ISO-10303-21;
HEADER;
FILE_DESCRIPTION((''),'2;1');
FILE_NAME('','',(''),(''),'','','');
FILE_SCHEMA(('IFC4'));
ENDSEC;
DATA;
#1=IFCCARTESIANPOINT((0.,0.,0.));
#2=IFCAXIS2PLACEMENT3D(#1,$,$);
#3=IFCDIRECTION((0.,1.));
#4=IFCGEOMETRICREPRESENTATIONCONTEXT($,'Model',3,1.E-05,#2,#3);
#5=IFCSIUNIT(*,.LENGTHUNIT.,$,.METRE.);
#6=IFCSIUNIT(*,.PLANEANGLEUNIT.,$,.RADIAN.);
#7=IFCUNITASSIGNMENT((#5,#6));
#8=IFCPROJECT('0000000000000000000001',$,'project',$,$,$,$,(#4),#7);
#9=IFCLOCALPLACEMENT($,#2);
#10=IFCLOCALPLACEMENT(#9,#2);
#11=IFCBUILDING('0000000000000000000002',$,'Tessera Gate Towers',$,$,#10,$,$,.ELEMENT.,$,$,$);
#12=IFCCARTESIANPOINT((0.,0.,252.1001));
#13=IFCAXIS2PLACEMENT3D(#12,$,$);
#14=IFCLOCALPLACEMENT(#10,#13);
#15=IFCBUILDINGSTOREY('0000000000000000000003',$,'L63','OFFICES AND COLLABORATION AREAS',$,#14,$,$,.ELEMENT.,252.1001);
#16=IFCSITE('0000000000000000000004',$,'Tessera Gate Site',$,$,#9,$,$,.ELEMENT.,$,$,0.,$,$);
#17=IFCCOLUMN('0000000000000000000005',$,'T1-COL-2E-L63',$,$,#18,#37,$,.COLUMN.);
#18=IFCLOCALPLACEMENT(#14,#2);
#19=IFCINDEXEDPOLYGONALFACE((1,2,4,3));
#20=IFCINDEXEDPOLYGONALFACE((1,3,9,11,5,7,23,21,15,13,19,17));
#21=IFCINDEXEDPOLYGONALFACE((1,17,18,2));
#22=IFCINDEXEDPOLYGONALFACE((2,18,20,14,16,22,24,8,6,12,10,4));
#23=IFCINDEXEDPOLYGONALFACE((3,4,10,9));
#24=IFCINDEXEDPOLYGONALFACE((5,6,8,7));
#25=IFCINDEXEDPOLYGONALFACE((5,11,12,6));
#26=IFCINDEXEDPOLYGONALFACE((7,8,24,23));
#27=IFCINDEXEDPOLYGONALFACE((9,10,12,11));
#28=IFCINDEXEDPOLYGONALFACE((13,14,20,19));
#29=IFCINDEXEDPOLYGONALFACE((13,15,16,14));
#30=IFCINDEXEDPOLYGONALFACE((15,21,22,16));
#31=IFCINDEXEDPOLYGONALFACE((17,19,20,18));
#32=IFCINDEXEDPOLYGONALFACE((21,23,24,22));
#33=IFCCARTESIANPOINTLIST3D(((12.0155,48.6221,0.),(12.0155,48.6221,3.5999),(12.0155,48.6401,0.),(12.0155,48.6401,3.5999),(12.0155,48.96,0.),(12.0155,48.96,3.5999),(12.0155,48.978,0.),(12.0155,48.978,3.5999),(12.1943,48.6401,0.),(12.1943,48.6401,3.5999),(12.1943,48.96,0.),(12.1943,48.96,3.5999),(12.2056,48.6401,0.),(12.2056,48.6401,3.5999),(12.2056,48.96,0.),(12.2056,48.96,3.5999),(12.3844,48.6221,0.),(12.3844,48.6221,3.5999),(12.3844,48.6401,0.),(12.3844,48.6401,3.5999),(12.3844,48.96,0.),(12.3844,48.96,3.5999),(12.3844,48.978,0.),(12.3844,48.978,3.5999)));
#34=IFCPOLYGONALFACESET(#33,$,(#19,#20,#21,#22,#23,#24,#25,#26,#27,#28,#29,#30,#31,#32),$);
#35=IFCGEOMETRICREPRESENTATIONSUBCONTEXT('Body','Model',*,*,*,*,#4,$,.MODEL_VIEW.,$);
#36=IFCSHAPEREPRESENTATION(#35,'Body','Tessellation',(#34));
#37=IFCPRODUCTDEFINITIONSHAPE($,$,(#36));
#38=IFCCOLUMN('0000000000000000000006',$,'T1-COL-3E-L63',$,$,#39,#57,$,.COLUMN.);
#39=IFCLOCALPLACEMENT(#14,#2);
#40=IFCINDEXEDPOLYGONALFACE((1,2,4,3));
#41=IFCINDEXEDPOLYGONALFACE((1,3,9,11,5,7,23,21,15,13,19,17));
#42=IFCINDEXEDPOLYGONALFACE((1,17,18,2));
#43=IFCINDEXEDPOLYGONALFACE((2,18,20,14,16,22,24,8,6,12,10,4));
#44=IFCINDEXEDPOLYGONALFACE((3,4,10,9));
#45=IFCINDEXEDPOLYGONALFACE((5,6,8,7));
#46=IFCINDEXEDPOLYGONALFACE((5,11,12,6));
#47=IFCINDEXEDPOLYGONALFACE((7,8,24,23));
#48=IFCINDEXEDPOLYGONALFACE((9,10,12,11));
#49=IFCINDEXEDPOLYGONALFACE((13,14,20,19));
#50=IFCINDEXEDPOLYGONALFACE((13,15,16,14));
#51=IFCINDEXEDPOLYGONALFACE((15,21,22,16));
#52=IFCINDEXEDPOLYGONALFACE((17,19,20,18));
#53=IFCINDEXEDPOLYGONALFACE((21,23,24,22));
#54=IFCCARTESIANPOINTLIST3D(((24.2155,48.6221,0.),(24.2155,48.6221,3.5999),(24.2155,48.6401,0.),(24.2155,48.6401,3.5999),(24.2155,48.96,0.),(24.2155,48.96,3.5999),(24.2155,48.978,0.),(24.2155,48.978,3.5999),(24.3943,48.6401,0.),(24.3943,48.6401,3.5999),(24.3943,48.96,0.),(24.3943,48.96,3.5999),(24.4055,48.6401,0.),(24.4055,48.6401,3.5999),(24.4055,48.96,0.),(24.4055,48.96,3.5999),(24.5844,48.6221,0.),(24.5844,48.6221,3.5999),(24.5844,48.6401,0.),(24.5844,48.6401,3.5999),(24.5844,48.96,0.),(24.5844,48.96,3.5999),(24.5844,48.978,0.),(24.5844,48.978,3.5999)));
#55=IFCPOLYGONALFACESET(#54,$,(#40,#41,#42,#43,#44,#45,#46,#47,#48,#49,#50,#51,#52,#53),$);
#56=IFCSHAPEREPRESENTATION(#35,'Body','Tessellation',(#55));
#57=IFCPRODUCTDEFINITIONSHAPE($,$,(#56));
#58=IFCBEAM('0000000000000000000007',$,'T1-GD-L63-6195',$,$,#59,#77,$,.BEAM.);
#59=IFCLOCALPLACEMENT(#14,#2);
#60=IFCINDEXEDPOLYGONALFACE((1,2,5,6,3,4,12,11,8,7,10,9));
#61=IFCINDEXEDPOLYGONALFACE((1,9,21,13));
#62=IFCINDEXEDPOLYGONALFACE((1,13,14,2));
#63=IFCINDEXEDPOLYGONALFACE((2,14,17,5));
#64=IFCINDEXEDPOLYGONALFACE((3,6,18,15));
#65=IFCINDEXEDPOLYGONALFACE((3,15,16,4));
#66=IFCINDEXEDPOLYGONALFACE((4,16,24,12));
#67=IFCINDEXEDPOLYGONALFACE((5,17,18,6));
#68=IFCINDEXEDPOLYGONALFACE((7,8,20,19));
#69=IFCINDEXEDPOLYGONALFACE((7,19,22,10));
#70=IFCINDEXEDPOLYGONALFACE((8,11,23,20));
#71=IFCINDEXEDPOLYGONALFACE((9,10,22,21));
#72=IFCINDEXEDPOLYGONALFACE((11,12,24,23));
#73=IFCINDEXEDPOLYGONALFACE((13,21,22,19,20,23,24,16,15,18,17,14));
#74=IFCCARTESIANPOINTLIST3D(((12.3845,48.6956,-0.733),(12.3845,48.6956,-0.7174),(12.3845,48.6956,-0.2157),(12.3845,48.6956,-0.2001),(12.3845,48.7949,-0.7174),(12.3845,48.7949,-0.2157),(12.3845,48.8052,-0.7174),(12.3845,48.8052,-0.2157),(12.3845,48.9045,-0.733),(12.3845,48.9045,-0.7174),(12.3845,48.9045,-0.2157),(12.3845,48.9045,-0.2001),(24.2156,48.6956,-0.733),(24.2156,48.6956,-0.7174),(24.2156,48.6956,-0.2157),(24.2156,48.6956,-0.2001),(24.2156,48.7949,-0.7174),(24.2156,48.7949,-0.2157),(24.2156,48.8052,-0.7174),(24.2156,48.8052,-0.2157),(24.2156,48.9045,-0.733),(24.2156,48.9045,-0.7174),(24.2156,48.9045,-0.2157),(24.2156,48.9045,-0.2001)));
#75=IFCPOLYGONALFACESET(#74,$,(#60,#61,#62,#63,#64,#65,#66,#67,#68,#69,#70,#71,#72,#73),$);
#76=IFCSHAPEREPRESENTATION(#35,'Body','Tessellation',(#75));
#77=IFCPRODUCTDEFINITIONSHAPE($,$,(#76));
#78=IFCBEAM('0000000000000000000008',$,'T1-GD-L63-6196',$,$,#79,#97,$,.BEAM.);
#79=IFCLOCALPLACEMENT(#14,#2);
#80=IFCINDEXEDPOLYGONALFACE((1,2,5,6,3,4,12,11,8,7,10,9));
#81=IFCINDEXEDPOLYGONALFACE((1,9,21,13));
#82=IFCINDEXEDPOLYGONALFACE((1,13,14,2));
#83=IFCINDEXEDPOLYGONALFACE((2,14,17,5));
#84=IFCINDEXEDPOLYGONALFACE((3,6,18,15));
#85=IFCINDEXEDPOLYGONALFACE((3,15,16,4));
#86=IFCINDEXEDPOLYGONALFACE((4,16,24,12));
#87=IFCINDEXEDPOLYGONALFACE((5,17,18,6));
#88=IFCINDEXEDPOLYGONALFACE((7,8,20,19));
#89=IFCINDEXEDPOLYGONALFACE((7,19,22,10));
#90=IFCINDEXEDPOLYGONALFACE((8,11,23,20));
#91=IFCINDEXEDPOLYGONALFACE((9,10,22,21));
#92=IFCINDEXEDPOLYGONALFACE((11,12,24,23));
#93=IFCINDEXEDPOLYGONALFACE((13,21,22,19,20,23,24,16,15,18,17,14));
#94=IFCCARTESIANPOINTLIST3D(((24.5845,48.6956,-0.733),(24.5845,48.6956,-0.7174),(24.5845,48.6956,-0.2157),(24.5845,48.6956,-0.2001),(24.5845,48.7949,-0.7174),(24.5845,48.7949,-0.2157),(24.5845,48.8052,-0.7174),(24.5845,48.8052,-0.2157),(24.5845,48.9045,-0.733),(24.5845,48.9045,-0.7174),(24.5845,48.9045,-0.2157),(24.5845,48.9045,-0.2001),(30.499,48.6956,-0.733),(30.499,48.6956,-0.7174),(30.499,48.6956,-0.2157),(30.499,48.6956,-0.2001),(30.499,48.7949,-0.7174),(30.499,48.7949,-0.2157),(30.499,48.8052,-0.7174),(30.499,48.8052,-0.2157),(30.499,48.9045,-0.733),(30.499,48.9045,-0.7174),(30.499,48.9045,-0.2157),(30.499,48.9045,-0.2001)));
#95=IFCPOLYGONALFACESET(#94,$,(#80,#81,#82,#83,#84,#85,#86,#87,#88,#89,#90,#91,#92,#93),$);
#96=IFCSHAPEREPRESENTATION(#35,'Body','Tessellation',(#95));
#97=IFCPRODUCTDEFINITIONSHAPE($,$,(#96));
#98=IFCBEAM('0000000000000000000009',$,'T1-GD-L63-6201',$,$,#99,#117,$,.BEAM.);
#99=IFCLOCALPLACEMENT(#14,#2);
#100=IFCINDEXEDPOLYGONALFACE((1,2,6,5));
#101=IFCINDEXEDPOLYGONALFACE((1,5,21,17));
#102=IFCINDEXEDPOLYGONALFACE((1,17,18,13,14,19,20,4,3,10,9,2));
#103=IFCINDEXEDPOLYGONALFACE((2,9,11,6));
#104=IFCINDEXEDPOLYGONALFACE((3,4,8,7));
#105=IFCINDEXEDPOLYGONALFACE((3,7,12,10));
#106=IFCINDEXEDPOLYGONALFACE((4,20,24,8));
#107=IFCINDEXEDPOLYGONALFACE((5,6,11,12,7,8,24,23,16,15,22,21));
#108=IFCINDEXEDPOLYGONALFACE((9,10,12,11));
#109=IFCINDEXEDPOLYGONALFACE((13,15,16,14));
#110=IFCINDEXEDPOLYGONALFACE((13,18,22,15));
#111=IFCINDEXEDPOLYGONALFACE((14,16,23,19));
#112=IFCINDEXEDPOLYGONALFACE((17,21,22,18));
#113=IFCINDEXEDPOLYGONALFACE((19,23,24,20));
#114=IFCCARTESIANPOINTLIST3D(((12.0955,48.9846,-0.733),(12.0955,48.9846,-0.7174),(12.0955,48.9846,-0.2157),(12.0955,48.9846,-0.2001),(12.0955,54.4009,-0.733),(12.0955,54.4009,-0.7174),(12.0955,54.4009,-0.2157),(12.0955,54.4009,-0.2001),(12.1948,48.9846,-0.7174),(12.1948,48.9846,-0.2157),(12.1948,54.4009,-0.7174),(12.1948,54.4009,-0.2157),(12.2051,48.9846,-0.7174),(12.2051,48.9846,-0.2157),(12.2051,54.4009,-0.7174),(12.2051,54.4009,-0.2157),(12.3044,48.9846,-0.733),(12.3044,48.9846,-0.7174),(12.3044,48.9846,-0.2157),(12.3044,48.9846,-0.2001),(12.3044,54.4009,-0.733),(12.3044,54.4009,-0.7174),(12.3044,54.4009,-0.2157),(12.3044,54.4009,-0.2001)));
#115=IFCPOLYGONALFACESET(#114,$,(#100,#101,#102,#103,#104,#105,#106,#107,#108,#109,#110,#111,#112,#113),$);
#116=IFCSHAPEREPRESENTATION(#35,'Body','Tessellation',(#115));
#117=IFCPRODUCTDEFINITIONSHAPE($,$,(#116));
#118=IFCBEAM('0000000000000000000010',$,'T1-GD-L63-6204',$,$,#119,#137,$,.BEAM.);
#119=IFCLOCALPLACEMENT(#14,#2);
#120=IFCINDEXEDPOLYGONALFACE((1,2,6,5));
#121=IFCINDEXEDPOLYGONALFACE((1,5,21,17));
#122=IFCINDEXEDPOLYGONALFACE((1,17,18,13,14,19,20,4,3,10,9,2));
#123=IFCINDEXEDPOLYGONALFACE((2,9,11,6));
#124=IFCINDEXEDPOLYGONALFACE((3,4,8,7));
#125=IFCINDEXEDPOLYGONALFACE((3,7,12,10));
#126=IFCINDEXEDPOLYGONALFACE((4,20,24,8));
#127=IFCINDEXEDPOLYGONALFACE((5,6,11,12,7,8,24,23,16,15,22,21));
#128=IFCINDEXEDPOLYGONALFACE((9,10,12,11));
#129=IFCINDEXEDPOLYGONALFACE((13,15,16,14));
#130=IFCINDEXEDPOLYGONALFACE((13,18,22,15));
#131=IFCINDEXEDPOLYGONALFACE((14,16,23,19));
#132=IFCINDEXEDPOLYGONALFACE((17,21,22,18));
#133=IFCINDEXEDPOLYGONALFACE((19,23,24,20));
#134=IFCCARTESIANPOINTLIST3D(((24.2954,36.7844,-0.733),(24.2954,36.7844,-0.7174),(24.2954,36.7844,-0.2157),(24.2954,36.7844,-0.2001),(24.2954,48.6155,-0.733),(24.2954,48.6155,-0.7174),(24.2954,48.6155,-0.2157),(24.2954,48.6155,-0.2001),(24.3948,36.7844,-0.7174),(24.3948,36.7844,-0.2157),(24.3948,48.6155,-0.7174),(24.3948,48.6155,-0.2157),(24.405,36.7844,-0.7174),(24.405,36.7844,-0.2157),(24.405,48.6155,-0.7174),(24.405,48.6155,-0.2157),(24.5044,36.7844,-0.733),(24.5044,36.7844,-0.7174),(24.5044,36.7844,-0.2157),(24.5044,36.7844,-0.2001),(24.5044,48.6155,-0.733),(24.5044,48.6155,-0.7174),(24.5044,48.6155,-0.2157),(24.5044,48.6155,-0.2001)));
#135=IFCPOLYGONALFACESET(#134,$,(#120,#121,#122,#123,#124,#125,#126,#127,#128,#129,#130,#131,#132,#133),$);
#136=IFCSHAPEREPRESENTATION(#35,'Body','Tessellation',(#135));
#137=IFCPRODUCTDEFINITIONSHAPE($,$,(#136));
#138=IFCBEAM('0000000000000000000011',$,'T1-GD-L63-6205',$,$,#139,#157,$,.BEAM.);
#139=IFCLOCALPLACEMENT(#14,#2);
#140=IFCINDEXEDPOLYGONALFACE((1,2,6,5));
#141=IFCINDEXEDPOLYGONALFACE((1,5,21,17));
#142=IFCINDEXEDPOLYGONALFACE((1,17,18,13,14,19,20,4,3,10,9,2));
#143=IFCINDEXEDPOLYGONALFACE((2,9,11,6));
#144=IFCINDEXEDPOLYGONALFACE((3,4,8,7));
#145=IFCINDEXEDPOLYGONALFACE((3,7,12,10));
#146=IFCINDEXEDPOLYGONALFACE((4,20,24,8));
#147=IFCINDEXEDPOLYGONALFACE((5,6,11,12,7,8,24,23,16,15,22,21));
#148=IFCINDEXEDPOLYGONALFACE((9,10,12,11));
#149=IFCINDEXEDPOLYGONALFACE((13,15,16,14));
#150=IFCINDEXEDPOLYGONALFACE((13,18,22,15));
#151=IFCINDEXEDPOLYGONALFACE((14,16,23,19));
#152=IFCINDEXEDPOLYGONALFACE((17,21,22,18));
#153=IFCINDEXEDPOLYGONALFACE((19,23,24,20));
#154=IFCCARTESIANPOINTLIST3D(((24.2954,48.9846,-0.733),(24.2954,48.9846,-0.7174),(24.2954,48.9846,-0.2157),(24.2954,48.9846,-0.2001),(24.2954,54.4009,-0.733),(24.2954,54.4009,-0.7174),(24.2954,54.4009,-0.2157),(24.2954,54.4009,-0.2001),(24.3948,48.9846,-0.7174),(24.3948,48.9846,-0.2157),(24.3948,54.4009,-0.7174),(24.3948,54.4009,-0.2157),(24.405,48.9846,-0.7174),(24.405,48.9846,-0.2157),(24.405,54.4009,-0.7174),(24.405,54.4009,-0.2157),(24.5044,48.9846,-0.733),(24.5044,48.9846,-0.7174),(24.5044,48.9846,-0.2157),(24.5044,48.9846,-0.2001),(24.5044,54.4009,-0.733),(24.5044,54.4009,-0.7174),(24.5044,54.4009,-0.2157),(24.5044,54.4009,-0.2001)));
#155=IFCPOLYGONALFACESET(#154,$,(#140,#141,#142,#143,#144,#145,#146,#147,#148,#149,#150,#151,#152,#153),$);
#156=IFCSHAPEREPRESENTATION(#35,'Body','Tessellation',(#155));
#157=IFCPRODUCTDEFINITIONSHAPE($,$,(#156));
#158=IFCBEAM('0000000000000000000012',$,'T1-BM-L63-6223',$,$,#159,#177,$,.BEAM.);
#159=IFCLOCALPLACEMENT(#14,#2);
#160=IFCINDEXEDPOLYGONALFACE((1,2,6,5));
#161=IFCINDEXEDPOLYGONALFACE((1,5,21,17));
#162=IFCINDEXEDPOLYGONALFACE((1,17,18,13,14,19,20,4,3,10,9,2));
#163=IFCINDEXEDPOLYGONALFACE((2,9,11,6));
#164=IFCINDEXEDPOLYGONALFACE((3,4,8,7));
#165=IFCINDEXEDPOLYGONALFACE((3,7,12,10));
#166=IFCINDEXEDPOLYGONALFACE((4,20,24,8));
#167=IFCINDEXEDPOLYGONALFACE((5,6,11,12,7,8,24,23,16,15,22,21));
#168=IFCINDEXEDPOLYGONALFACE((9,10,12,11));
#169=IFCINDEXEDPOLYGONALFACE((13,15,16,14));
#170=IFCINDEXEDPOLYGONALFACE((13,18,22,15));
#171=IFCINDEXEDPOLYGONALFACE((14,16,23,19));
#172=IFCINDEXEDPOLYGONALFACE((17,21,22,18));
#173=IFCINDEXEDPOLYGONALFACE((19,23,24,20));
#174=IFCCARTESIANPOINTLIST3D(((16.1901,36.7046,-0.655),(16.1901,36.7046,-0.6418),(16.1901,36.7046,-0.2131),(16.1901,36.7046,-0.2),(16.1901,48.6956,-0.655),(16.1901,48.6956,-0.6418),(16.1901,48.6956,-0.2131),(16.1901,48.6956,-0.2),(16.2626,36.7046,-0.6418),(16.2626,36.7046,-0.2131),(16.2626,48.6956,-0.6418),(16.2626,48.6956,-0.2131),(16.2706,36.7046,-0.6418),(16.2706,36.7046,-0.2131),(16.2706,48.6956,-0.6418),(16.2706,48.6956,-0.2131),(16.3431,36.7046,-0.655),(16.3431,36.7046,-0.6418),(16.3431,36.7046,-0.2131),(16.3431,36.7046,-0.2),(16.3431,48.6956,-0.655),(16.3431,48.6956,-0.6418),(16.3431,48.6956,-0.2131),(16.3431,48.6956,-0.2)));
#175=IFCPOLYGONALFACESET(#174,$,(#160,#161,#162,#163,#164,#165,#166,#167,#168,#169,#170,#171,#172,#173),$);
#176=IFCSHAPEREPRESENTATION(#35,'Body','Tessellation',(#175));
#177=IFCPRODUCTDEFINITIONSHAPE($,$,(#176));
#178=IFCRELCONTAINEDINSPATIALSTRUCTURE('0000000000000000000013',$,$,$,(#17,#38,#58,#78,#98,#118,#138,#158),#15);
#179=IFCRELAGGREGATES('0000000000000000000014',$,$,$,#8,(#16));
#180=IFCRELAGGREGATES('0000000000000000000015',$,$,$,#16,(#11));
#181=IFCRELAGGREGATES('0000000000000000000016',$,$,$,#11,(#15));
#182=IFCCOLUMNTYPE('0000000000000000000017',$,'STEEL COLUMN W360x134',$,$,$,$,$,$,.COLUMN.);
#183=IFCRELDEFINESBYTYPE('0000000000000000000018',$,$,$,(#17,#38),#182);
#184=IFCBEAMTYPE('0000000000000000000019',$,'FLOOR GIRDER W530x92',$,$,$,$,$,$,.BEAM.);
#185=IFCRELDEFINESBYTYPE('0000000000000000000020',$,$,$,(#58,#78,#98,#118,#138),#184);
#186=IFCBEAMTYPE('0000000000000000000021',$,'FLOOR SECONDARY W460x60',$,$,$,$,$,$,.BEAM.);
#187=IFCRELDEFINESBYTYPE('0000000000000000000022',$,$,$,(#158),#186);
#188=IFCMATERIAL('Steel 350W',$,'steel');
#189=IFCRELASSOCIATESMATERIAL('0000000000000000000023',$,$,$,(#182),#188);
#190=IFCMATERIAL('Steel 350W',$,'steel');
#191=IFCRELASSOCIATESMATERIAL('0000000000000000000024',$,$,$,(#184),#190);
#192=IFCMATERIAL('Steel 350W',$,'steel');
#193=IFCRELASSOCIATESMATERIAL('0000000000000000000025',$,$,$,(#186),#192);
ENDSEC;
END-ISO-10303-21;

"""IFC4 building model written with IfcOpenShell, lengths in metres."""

from ifc_helpers import new_model, si_unit, direction, frame, origin, origin_2d, place, context, subcontext, project, spatial, i_section, extrude, material, material_profile, profile_set, type_object, element, save


model = new_model("IFC4")

# Units and contexts
model_context = context("Model", 3, precision=1e-05, world=origin(), true_north=direction((0.0, 1.0)))
body_context = subcontext(model_context, "Body", "Model", "MODEL_VIEW")
ifc_project = project(units=[si_unit("LENGTHUNIT", "METRE"), si_unit("PLANEANGLEUNIT", "RADIAN")], contexts=[model_context])

# Site, building, storey
site_placement = place(None, origin())
site = spatial("IfcSite", under=ifc_project, at=site_placement, Name="Tessera Gate Site", CompositionType="ELEMENT", RefElevation=0.0)
building_placement = place(site_placement, origin())
building = spatial("IfcBuilding", under=site, at=building_placement, Name="Tessera Gate Towers", CompositionType="ELEMENT")
storey_placement = place(building_placement, frame((0.0, 0.0, 252.1001)))
storey = spatial("IfcBuildingStorey", under=building, at=storey_placement, Name="L63", Description="OFFICES AND COLLABORATION AREAS", CompositionType="ELEMENT", Elevation=252.1001)

# Columns
ifc_material_1 = material(Name="Steel 350W", Category="steel")
ifc_material_profile_1 = material_profile(ifc_material_1, i_section(OverallWidth=0.3689, OverallDepth=0.356, WebThickness=0.0112, FlangeThickness=0.0181, at=origin_2d()), Name="W360x134")
ifc_profile_set_1 = profile_set([ifc_material_profile_1], Name="Steel 350W")
column_type = type_object("IfcColumnType", Name="STEEL COLUMN W360x134", PredefinedType="COLUMN", material=ifc_profile_set_1)
for number, where, z_axis, x_axis, name in (
    (1, (12.2, 48.8, 0.0), (0.0, 0.0, 1.0), (1.0, 0.0, 0.0), "T1-COL-2E-L63"),
    (2, (24.3999, 48.8, 0.0), (0.0, 0.0, 1.0), (1.0, 0.0, 0.0), "T1-COL-3E-L63"),
):
    element("IfcColumn", number, at=place(storey_placement, frame(where, z_axis=z_axis, x_axis=x_axis)), inside=storey, type_object=column_type, Name=name, PredefinedType="COLUMN", context=body_context, shape_type="SweptSolid", body=[
        extrude(i_section(OverallWidth=0.3689, OverallDepth=0.356, WebThickness=0.0112, FlangeThickness=0.0181, at=origin_2d()), origin(), (0.0, 0.0, 1.0), 3.5999),
    ])

# Beams
ifc_material_2 = material(Name="Steel 350W", Category="steel")
ifc_material_profile_2 = material_profile(ifc_material_2, i_section(OverallWidth=0.209, OverallDepth=0.533, WebThickness=0.0103, FlangeThickness=0.0156, at=origin_2d()), Name="W530x92")
ifc_profile_set_2 = profile_set([ifc_material_profile_2], Name="Steel 350W")
beam_type_1 = type_object("IfcBeamType", Name="FLOOR GIRDER W530x92", PredefinedType="BEAM", material=ifc_profile_set_2)
beam_1_placement = place(storey_placement, frame((12.3845, 48.8, -0.4666), z_axis=(1.0, 0.0, 0.0), x_axis=(0.0, 1.0, 0.0)))
element("IfcBeam", 3, at=beam_1_placement, inside=storey, type_object=beam_type_1, Name="T1-GD-L63-6195", PredefinedType="BEAM", context=body_context, shape_type="SweptSolid", body=[
    extrude(i_section(OverallWidth=0.209, OverallDepth=0.533, WebThickness=0.0103, FlangeThickness=0.0156, at=origin_2d()), origin(), (0.0, 0.0, 1.0), 11.8311),
])
beam_2_placement = place(storey_placement, frame((24.5845, 48.8, -0.4666), z_axis=(1.0, 0.0, 0.0), x_axis=(0.0, 1.0, 0.0)))
element("IfcBeam", 4, at=beam_2_placement, inside=storey, type_object=beam_type_1, Name="T1-GD-L63-6196", PredefinedType="BEAM", context=body_context, shape_type="SweptSolid", body=[
    extrude(i_section(OverallWidth=0.209, OverallDepth=0.533, WebThickness=0.0103, FlangeThickness=0.0156, at=origin_2d()), origin(), (0.0, 0.0, 1.0), 5.9146),
])
beam_3_placement = place(storey_placement, frame((12.2, 48.9846, -0.4666), z_axis=(0.0, 1.0, 0.0), x_axis=(-1.0, 0.0, 0.0)))
element("IfcBeam", 5, at=beam_3_placement, inside=storey, type_object=beam_type_1, Name="T1-GD-L63-6201", PredefinedType="BEAM", context=body_context, shape_type="SweptSolid", body=[
    extrude(i_section(OverallWidth=0.209, OverallDepth=0.533, WebThickness=0.0103, FlangeThickness=0.0156, at=origin_2d()), origin(), (0.0, 0.0, 1.0), 5.4163),
])
beam_4_placement = place(storey_placement, frame((24.3999, 36.7844, -0.4666), z_axis=(0.0, 1.0, 0.0), x_axis=(-1.0, 0.0, 0.0)))
element("IfcBeam", 6, at=beam_4_placement, inside=storey, type_object=beam_type_1, Name="T1-GD-L63-6204", PredefinedType="BEAM", context=body_context, shape_type="SweptSolid", body=[
    extrude(i_section(OverallWidth=0.209, OverallDepth=0.533, WebThickness=0.0103, FlangeThickness=0.0156, at=origin_2d()), origin(), (0.0, 0.0, 1.0), 11.8311),
])
beam_5_placement = place(storey_placement, frame((24.3999, 48.9846, -0.4666), z_axis=(0.0, 1.0, 0.0), x_axis=(-1.0, 0.0, 0.0)))
element("IfcBeam", 7, at=beam_5_placement, inside=storey, type_object=beam_type_1, Name="T1-GD-L63-6205", PredefinedType="BEAM", context=body_context, shape_type="SweptSolid", body=[
    extrude(i_section(OverallWidth=0.209, OverallDepth=0.533, WebThickness=0.0103, FlangeThickness=0.0156, at=origin_2d()), origin(), (0.0, 0.0, 1.0), 5.4163),
])
ifc_material_3 = material(Name="Steel 350W", Category="steel")
ifc_material_profile_3 = material_profile(ifc_material_3, i_section(OverallWidth=0.1531, OverallDepth=0.4551, WebThickness=0.0081, FlangeThickness=0.0132, at=origin_2d()), Name="W460x60")
ifc_profile_set_3 = profile_set([ifc_material_profile_3], Name="Steel 350W")
beam_type_2 = type_object("IfcBeamType", Name="FLOOR SECONDARY W460x60", PredefinedType="BEAM", material=ifc_profile_set_3)
beam_6_placement = place(storey_placement, frame((16.2666, 36.7046, -0.4275), z_axis=(0.0, 1.0, 0.0), x_axis=(-1.0, 0.0, 0.0)))
element("IfcBeam", 8, at=beam_6_placement, inside=storey, type_object=beam_type_2, Name="T1-BM-L63-6223", PredefinedType="BEAM", context=body_context, shape_type="SweptSolid", body=[
    extrude(i_section(OverallWidth=0.1531, OverallDepth=0.4551, WebThickness=0.0081, FlangeThickness=0.0132, at=origin_2d()), origin(), (0.0, 0.0, 1.0), 11.991),
])

save(model, "model.ifc")
